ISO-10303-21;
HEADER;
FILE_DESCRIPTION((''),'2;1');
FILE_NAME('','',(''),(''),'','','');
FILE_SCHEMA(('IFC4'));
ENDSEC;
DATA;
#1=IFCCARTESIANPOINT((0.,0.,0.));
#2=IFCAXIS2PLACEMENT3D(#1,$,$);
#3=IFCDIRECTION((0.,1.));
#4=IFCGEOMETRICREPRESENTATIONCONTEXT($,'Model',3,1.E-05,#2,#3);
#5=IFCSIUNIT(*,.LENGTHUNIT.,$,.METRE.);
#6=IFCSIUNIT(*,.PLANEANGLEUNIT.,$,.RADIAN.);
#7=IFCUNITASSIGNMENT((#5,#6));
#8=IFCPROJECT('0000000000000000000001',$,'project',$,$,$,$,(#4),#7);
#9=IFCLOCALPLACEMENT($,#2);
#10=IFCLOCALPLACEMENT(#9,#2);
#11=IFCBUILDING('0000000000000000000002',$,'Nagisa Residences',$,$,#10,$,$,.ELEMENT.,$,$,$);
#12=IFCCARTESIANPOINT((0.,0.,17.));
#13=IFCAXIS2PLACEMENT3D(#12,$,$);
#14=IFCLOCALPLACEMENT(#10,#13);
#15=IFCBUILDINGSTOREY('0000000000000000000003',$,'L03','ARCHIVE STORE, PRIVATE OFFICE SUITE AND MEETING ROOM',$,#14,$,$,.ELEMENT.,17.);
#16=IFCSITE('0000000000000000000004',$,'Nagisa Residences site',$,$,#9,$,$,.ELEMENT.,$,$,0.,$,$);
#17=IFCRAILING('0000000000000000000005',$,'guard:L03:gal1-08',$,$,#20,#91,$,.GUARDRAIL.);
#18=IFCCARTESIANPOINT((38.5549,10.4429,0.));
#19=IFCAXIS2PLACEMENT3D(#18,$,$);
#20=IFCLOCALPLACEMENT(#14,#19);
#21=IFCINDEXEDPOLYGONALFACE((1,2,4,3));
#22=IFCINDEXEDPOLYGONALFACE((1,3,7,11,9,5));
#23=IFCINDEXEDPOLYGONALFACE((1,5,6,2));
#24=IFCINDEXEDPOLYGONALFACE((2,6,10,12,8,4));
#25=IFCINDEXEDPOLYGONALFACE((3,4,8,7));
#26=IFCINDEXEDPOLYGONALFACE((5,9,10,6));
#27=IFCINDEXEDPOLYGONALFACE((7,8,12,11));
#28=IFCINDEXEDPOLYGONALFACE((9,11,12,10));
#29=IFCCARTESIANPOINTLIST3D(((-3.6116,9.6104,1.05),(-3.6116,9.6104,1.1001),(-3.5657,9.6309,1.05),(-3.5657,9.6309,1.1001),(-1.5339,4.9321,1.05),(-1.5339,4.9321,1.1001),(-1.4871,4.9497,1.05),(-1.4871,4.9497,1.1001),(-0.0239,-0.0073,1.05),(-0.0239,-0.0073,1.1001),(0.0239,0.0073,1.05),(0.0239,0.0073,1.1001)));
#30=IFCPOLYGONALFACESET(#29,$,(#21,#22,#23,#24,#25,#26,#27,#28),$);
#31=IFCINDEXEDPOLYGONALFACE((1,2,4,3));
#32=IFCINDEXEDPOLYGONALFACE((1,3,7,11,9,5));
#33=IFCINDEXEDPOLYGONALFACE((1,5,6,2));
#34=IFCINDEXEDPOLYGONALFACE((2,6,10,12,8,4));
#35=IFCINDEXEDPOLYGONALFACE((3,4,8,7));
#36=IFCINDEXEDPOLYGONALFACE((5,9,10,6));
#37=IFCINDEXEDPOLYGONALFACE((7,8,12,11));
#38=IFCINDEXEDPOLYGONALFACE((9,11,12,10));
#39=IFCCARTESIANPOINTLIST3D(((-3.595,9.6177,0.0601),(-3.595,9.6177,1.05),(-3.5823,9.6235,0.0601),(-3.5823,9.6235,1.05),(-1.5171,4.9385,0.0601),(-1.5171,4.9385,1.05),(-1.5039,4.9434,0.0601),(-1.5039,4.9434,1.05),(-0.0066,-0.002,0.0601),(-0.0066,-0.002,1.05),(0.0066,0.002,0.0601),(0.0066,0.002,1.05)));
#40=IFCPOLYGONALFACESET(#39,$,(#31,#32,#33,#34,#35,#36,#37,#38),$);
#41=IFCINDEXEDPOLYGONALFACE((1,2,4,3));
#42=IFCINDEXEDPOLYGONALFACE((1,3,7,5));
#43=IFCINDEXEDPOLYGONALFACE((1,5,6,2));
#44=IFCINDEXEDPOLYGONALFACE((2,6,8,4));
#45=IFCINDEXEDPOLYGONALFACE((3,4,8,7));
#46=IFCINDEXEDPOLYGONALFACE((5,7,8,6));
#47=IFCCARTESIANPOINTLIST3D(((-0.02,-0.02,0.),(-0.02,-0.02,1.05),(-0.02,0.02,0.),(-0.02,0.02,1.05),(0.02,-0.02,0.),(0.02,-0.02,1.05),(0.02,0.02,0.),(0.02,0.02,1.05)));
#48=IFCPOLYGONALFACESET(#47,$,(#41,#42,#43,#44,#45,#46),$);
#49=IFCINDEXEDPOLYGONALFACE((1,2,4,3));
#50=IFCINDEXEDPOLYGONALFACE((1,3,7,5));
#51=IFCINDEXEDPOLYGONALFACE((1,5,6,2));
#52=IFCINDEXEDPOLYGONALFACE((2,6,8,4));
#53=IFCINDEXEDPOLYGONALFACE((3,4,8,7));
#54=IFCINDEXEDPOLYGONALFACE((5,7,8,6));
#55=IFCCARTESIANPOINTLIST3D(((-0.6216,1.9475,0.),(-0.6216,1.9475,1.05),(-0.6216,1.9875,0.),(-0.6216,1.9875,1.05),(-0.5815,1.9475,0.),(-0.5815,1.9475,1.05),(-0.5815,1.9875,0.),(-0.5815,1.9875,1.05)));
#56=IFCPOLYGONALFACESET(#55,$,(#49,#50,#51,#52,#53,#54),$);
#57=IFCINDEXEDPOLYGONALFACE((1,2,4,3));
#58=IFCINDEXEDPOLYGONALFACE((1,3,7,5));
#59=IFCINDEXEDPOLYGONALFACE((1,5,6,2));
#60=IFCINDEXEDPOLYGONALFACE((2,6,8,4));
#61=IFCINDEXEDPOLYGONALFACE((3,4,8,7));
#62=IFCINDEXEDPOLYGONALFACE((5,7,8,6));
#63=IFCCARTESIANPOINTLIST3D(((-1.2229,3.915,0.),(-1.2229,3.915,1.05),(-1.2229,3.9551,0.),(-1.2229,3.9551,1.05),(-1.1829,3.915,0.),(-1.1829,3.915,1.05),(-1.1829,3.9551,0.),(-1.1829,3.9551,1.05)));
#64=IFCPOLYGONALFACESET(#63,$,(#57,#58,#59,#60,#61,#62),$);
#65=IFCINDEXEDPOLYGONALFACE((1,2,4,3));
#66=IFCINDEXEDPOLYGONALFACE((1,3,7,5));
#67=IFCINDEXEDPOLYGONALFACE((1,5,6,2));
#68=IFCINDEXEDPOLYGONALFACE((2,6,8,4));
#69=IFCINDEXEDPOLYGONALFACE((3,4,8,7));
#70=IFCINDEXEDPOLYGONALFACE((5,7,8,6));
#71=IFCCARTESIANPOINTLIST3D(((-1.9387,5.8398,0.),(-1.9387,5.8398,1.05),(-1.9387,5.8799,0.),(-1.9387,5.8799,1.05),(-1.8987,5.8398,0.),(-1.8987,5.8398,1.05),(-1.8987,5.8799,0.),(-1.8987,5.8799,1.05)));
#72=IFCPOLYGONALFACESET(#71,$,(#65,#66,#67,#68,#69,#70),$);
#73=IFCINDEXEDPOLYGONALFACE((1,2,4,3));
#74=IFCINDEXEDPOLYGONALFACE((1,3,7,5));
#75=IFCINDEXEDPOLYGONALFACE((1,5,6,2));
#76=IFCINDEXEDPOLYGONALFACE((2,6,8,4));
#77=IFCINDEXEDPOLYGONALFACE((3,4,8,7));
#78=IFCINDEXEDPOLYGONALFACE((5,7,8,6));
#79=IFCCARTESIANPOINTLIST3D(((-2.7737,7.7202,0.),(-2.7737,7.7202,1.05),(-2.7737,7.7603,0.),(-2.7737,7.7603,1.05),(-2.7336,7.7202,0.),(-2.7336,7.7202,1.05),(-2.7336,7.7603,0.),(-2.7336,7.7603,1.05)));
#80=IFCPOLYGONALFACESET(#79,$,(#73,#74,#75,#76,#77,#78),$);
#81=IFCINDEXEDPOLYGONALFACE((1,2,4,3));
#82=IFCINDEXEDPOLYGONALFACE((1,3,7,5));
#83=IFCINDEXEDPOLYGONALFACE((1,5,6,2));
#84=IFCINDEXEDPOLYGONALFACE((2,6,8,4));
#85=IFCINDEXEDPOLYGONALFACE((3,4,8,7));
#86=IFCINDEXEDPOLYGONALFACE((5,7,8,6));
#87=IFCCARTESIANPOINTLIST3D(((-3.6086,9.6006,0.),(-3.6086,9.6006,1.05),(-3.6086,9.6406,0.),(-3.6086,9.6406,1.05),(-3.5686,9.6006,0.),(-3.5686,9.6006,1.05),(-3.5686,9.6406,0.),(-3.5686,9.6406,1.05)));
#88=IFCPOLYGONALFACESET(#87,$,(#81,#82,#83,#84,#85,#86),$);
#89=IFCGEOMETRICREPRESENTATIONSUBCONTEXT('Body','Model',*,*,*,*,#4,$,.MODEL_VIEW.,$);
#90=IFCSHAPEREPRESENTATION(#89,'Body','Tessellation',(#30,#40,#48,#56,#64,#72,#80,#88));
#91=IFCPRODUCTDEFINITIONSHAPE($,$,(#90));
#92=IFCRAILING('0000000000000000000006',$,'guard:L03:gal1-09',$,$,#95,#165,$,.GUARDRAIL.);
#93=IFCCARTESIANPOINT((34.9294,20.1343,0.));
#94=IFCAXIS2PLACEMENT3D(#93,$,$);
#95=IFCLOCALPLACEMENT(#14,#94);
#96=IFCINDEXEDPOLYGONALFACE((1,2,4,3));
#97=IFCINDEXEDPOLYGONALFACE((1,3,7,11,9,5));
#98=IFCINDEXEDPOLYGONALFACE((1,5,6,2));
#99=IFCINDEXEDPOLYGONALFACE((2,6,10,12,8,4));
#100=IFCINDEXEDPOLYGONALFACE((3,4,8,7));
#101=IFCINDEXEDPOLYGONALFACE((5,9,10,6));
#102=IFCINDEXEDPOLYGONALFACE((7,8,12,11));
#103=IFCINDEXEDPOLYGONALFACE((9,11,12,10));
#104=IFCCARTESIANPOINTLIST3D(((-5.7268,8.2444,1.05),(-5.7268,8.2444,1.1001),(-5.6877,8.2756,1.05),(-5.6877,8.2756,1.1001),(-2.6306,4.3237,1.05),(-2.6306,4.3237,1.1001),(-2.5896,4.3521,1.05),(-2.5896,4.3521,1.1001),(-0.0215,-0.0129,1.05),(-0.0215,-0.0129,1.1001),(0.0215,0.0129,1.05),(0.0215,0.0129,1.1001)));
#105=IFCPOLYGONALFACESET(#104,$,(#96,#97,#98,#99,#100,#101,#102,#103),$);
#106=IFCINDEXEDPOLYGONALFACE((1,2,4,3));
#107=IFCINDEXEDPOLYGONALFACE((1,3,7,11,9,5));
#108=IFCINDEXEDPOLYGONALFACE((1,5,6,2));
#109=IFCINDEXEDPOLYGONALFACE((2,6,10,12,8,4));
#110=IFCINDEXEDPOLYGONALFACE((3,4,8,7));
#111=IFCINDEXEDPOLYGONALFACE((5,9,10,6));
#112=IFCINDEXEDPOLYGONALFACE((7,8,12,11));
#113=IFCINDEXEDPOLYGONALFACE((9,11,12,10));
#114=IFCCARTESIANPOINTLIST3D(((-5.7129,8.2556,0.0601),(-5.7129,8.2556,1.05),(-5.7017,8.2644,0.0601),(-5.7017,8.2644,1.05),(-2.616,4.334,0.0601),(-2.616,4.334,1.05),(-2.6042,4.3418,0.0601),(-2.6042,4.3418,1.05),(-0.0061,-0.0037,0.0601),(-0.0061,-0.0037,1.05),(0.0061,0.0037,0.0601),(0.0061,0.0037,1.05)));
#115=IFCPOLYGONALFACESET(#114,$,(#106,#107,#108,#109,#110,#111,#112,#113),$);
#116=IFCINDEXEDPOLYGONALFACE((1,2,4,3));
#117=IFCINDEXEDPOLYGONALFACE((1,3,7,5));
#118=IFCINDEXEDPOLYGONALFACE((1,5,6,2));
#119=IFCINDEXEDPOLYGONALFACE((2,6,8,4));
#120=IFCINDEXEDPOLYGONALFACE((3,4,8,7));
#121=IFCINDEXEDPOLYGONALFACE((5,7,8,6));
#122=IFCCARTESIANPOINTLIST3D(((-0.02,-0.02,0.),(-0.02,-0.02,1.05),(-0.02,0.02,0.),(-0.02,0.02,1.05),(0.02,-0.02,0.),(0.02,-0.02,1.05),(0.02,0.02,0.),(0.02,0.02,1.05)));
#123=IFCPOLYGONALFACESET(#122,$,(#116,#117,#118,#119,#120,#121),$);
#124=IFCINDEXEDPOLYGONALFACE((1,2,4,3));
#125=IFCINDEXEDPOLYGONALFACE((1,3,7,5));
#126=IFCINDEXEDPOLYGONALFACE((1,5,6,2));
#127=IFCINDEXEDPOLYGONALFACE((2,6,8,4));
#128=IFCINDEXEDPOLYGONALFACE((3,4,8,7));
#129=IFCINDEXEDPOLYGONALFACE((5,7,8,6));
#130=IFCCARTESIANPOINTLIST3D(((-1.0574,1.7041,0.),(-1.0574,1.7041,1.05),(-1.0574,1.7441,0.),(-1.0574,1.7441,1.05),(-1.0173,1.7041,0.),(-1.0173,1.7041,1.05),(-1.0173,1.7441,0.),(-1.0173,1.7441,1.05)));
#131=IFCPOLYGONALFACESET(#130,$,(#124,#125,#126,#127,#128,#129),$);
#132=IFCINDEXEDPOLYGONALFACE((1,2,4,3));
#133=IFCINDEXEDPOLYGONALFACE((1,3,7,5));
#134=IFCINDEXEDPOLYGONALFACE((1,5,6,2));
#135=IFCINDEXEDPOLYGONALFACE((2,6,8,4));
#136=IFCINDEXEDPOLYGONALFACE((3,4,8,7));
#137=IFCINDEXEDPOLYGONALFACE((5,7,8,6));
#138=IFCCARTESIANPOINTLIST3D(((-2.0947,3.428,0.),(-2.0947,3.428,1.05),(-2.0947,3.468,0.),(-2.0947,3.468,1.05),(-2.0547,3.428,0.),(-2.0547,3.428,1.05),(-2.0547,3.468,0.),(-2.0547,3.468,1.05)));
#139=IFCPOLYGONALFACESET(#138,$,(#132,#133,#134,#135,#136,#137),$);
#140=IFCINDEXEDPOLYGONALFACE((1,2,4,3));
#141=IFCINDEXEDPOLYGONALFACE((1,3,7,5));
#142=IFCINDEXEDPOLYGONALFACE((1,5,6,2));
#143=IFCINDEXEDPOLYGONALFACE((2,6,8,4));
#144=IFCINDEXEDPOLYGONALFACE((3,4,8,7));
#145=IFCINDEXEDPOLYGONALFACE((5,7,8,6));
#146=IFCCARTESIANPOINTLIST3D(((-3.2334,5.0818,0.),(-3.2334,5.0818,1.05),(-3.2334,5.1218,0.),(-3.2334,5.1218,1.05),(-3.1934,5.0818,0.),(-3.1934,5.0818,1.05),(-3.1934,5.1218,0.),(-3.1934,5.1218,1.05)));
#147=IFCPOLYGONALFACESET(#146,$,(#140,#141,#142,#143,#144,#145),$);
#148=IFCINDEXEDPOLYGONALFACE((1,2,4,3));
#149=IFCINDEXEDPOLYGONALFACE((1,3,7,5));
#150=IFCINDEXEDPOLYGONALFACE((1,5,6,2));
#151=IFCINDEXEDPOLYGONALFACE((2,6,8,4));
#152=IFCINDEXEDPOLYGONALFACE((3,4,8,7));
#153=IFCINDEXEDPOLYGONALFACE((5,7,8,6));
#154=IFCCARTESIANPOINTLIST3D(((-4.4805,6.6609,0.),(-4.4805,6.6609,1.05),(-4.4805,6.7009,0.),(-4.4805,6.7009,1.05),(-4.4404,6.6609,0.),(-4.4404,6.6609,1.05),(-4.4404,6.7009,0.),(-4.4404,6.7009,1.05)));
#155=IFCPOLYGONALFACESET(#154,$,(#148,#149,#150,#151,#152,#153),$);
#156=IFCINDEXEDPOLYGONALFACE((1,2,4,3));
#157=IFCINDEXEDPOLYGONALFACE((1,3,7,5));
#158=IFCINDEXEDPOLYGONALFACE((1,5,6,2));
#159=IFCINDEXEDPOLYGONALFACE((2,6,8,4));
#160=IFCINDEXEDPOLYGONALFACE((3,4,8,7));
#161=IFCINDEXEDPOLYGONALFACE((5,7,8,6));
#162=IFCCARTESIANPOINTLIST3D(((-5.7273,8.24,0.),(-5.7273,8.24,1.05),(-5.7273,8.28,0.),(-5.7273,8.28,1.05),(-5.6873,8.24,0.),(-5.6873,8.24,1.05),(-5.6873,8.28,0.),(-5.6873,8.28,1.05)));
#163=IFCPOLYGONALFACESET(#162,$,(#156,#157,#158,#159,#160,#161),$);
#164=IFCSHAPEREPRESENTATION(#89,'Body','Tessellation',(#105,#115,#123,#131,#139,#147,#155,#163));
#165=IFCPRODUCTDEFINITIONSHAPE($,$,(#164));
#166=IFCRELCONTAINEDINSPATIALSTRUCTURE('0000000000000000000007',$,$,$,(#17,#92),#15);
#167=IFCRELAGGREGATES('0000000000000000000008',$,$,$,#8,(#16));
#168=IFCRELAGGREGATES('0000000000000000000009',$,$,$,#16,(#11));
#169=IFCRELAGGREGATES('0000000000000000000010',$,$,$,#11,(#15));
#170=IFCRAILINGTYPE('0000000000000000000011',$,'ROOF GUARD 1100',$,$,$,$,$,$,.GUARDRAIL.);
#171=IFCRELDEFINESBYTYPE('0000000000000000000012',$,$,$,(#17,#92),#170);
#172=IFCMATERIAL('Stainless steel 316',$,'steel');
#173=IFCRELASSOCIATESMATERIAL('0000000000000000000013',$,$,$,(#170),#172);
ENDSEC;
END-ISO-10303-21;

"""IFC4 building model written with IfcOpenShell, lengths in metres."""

from ifc_helpers import new_model, si_unit, direction, frame, origin, origin_2d, place, context, subcontext, project, spatial, polyline, rectangle, outline, extrude, material, type_object, element, save


model = new_model("IFC4")

# Units and contexts
model_context = context("Model", 3, precision=1e-05, world=origin(), true_north=direction((0.0, 1.0)))
body_context = subcontext(model_context, "Body", "Model", "MODEL_VIEW")
ifc_project = project(units=[si_unit("LENGTHUNIT", "METRE"), si_unit("PLANEANGLEUNIT", "RADIAN")], contexts=[model_context])

# Site, building, storey
site_placement = place(None, origin())
site = spatial("IfcSite", under=ifc_project, at=site_placement, Name="Nagisa Residences site", CompositionType="ELEMENT", RefElevation=0.0)
building_placement = place(site_placement, origin())
building = spatial("IfcBuilding", under=site, at=building_placement, Name="Nagisa Residences", CompositionType="ELEMENT")
storey_placement = place(building_placement, frame((0.0, 0.0, 17.0)))
storey = spatial("IfcBuildingStorey", under=building, at=storey_placement, Name="L03", Description="ARCHIVE STORE, PRIVATE OFFICE SUITE AND MEETING ROOM", CompositionType="ELEMENT", Elevation=17.0)

# Railings
ifc_material_1 = material(Name="Stainless steel 316", Category="steel")
railing_type = type_object("IfcRailingType", Name="ROOF GUARD 1100", PredefinedType="GUARDRAIL", material=ifc_material_1)
railing_1_placement = place(storey_placement, frame((38.5549, 10.4429, 0.0)))
element("IfcRailing", 1, at=railing_1_placement, inside=storey, type_object=railing_type, Name="guard:L03:gal1-08", PredefinedType="GUARDRAIL", context=body_context, shape_type="SweptSolid", body=[
    extrude(outline(polyline([(-1.5339, 4.9321), (-0.0239, -0.0073), (0.0239, 0.0073), (-1.4871, 4.9497), (-3.5657, 9.6309), (-3.6116, 9.6104), (-1.5339, 4.9321)])), frame((0.0, 0.0, 1.05)), (0.0, 0.0, 1.0), 0.05),
    extrude(outline(polyline([(-1.5171, 4.9385), (-0.0066, -0.002), (0.0066, 0.002), (-1.5039, 4.9434), (-3.5823, 9.6235), (-3.595, 9.6177), (-1.5171, 4.9385)])), frame((0.0, 0.0, 0.0601)), (0.0, 0.0, 1.0), 0.99),
    extrude(rectangle(XDim=0.04, YDim=0.04, at=origin_2d()), origin(), (0.0, 0.0, 1.0), 1.05),
    extrude(rectangle(XDim=0.04, YDim=0.04, at=origin_2d()), frame((-0.6016, 1.9675, 0.0)), (0.0, 0.0, 1.0), 1.05),
    extrude(rectangle(XDim=0.04, YDim=0.04, at=origin_2d()), frame((-1.2029, 3.9351, 0.0)), (0.0, 0.0, 1.0), 1.05),
    extrude(rectangle(XDim=0.04, YDim=0.04, at=origin_2d()), frame((-1.9187, 5.8599, 0.0)), (0.0, 0.0, 1.0), 1.05),
    extrude(rectangle(XDim=0.04, YDim=0.04, at=origin_2d()), frame((-2.7537, 7.7402, 0.0)), (0.0, 0.0, 1.0), 1.05),
    extrude(rectangle(XDim=0.04, YDim=0.04, at=origin_2d()), frame((-3.5886, 9.6206, 0.0)), (0.0, 0.0, 1.0), 1.05),
])
railing_2_placement = place(storey_placement, frame((34.9294, 20.1343, 0.0)))
element("IfcRailing", 2, at=railing_2_placement, inside=storey, type_object=railing_type, Name="guard:L03:gal1-09", PredefinedType="GUARDRAIL", context=body_context, shape_type="SweptSolid", body=[
    extrude(outline(polyline([(-2.6306, 4.3237), (-0.0215, -0.0129), (0.0215, 0.0129), (-2.5896, 4.3521), (-5.6877, 8.2756), (-5.7268, 8.2444), (-2.6306, 4.3237)])), frame((0.0, 0.0, 1.05)), (0.0, 0.0, 1.0), 0.05),
    extrude(outline(polyline([(-2.616, 4.334), (-0.0061, -0.0037), (0.0061, 0.0037), (-2.6042, 4.3418), (-5.7017, 8.2644), (-5.7129, 8.2556), (-2.616, 4.334)])), frame((0.0, 0.0, 0.0601)), (0.0, 0.0, 1.0), 0.99),
    extrude(rectangle(XDim=0.04, YDim=0.04, at=origin_2d()), origin(), (0.0, 0.0, 1.0), 1.05),
    extrude(rectangle(XDim=0.04, YDim=0.04, at=origin_2d()), frame((-1.0374, 1.7241, 0.0)), (0.0, 0.0, 1.0), 1.05),
    extrude(rectangle(XDim=0.04, YDim=0.04, at=origin_2d()), frame((-2.0747, 3.448, 0.0)), (0.0, 0.0, 1.0), 1.05),
    extrude(rectangle(XDim=0.04, YDim=0.04, at=origin_2d()), frame((-3.2134, 5.1018, 0.0)), (0.0, 0.0, 1.0), 1.05),
    extrude(rectangle(XDim=0.04, YDim=0.04, at=origin_2d()), frame((-4.4604, 6.6809, 0.0)), (0.0, 0.0, 1.0), 1.05),
    extrude(rectangle(XDim=0.04, YDim=0.04, at=origin_2d()), frame((-5.7073, 8.26, 0.0)), (0.0, 0.0, 1.0), 1.05),
])

save(model, "model.ifc")
